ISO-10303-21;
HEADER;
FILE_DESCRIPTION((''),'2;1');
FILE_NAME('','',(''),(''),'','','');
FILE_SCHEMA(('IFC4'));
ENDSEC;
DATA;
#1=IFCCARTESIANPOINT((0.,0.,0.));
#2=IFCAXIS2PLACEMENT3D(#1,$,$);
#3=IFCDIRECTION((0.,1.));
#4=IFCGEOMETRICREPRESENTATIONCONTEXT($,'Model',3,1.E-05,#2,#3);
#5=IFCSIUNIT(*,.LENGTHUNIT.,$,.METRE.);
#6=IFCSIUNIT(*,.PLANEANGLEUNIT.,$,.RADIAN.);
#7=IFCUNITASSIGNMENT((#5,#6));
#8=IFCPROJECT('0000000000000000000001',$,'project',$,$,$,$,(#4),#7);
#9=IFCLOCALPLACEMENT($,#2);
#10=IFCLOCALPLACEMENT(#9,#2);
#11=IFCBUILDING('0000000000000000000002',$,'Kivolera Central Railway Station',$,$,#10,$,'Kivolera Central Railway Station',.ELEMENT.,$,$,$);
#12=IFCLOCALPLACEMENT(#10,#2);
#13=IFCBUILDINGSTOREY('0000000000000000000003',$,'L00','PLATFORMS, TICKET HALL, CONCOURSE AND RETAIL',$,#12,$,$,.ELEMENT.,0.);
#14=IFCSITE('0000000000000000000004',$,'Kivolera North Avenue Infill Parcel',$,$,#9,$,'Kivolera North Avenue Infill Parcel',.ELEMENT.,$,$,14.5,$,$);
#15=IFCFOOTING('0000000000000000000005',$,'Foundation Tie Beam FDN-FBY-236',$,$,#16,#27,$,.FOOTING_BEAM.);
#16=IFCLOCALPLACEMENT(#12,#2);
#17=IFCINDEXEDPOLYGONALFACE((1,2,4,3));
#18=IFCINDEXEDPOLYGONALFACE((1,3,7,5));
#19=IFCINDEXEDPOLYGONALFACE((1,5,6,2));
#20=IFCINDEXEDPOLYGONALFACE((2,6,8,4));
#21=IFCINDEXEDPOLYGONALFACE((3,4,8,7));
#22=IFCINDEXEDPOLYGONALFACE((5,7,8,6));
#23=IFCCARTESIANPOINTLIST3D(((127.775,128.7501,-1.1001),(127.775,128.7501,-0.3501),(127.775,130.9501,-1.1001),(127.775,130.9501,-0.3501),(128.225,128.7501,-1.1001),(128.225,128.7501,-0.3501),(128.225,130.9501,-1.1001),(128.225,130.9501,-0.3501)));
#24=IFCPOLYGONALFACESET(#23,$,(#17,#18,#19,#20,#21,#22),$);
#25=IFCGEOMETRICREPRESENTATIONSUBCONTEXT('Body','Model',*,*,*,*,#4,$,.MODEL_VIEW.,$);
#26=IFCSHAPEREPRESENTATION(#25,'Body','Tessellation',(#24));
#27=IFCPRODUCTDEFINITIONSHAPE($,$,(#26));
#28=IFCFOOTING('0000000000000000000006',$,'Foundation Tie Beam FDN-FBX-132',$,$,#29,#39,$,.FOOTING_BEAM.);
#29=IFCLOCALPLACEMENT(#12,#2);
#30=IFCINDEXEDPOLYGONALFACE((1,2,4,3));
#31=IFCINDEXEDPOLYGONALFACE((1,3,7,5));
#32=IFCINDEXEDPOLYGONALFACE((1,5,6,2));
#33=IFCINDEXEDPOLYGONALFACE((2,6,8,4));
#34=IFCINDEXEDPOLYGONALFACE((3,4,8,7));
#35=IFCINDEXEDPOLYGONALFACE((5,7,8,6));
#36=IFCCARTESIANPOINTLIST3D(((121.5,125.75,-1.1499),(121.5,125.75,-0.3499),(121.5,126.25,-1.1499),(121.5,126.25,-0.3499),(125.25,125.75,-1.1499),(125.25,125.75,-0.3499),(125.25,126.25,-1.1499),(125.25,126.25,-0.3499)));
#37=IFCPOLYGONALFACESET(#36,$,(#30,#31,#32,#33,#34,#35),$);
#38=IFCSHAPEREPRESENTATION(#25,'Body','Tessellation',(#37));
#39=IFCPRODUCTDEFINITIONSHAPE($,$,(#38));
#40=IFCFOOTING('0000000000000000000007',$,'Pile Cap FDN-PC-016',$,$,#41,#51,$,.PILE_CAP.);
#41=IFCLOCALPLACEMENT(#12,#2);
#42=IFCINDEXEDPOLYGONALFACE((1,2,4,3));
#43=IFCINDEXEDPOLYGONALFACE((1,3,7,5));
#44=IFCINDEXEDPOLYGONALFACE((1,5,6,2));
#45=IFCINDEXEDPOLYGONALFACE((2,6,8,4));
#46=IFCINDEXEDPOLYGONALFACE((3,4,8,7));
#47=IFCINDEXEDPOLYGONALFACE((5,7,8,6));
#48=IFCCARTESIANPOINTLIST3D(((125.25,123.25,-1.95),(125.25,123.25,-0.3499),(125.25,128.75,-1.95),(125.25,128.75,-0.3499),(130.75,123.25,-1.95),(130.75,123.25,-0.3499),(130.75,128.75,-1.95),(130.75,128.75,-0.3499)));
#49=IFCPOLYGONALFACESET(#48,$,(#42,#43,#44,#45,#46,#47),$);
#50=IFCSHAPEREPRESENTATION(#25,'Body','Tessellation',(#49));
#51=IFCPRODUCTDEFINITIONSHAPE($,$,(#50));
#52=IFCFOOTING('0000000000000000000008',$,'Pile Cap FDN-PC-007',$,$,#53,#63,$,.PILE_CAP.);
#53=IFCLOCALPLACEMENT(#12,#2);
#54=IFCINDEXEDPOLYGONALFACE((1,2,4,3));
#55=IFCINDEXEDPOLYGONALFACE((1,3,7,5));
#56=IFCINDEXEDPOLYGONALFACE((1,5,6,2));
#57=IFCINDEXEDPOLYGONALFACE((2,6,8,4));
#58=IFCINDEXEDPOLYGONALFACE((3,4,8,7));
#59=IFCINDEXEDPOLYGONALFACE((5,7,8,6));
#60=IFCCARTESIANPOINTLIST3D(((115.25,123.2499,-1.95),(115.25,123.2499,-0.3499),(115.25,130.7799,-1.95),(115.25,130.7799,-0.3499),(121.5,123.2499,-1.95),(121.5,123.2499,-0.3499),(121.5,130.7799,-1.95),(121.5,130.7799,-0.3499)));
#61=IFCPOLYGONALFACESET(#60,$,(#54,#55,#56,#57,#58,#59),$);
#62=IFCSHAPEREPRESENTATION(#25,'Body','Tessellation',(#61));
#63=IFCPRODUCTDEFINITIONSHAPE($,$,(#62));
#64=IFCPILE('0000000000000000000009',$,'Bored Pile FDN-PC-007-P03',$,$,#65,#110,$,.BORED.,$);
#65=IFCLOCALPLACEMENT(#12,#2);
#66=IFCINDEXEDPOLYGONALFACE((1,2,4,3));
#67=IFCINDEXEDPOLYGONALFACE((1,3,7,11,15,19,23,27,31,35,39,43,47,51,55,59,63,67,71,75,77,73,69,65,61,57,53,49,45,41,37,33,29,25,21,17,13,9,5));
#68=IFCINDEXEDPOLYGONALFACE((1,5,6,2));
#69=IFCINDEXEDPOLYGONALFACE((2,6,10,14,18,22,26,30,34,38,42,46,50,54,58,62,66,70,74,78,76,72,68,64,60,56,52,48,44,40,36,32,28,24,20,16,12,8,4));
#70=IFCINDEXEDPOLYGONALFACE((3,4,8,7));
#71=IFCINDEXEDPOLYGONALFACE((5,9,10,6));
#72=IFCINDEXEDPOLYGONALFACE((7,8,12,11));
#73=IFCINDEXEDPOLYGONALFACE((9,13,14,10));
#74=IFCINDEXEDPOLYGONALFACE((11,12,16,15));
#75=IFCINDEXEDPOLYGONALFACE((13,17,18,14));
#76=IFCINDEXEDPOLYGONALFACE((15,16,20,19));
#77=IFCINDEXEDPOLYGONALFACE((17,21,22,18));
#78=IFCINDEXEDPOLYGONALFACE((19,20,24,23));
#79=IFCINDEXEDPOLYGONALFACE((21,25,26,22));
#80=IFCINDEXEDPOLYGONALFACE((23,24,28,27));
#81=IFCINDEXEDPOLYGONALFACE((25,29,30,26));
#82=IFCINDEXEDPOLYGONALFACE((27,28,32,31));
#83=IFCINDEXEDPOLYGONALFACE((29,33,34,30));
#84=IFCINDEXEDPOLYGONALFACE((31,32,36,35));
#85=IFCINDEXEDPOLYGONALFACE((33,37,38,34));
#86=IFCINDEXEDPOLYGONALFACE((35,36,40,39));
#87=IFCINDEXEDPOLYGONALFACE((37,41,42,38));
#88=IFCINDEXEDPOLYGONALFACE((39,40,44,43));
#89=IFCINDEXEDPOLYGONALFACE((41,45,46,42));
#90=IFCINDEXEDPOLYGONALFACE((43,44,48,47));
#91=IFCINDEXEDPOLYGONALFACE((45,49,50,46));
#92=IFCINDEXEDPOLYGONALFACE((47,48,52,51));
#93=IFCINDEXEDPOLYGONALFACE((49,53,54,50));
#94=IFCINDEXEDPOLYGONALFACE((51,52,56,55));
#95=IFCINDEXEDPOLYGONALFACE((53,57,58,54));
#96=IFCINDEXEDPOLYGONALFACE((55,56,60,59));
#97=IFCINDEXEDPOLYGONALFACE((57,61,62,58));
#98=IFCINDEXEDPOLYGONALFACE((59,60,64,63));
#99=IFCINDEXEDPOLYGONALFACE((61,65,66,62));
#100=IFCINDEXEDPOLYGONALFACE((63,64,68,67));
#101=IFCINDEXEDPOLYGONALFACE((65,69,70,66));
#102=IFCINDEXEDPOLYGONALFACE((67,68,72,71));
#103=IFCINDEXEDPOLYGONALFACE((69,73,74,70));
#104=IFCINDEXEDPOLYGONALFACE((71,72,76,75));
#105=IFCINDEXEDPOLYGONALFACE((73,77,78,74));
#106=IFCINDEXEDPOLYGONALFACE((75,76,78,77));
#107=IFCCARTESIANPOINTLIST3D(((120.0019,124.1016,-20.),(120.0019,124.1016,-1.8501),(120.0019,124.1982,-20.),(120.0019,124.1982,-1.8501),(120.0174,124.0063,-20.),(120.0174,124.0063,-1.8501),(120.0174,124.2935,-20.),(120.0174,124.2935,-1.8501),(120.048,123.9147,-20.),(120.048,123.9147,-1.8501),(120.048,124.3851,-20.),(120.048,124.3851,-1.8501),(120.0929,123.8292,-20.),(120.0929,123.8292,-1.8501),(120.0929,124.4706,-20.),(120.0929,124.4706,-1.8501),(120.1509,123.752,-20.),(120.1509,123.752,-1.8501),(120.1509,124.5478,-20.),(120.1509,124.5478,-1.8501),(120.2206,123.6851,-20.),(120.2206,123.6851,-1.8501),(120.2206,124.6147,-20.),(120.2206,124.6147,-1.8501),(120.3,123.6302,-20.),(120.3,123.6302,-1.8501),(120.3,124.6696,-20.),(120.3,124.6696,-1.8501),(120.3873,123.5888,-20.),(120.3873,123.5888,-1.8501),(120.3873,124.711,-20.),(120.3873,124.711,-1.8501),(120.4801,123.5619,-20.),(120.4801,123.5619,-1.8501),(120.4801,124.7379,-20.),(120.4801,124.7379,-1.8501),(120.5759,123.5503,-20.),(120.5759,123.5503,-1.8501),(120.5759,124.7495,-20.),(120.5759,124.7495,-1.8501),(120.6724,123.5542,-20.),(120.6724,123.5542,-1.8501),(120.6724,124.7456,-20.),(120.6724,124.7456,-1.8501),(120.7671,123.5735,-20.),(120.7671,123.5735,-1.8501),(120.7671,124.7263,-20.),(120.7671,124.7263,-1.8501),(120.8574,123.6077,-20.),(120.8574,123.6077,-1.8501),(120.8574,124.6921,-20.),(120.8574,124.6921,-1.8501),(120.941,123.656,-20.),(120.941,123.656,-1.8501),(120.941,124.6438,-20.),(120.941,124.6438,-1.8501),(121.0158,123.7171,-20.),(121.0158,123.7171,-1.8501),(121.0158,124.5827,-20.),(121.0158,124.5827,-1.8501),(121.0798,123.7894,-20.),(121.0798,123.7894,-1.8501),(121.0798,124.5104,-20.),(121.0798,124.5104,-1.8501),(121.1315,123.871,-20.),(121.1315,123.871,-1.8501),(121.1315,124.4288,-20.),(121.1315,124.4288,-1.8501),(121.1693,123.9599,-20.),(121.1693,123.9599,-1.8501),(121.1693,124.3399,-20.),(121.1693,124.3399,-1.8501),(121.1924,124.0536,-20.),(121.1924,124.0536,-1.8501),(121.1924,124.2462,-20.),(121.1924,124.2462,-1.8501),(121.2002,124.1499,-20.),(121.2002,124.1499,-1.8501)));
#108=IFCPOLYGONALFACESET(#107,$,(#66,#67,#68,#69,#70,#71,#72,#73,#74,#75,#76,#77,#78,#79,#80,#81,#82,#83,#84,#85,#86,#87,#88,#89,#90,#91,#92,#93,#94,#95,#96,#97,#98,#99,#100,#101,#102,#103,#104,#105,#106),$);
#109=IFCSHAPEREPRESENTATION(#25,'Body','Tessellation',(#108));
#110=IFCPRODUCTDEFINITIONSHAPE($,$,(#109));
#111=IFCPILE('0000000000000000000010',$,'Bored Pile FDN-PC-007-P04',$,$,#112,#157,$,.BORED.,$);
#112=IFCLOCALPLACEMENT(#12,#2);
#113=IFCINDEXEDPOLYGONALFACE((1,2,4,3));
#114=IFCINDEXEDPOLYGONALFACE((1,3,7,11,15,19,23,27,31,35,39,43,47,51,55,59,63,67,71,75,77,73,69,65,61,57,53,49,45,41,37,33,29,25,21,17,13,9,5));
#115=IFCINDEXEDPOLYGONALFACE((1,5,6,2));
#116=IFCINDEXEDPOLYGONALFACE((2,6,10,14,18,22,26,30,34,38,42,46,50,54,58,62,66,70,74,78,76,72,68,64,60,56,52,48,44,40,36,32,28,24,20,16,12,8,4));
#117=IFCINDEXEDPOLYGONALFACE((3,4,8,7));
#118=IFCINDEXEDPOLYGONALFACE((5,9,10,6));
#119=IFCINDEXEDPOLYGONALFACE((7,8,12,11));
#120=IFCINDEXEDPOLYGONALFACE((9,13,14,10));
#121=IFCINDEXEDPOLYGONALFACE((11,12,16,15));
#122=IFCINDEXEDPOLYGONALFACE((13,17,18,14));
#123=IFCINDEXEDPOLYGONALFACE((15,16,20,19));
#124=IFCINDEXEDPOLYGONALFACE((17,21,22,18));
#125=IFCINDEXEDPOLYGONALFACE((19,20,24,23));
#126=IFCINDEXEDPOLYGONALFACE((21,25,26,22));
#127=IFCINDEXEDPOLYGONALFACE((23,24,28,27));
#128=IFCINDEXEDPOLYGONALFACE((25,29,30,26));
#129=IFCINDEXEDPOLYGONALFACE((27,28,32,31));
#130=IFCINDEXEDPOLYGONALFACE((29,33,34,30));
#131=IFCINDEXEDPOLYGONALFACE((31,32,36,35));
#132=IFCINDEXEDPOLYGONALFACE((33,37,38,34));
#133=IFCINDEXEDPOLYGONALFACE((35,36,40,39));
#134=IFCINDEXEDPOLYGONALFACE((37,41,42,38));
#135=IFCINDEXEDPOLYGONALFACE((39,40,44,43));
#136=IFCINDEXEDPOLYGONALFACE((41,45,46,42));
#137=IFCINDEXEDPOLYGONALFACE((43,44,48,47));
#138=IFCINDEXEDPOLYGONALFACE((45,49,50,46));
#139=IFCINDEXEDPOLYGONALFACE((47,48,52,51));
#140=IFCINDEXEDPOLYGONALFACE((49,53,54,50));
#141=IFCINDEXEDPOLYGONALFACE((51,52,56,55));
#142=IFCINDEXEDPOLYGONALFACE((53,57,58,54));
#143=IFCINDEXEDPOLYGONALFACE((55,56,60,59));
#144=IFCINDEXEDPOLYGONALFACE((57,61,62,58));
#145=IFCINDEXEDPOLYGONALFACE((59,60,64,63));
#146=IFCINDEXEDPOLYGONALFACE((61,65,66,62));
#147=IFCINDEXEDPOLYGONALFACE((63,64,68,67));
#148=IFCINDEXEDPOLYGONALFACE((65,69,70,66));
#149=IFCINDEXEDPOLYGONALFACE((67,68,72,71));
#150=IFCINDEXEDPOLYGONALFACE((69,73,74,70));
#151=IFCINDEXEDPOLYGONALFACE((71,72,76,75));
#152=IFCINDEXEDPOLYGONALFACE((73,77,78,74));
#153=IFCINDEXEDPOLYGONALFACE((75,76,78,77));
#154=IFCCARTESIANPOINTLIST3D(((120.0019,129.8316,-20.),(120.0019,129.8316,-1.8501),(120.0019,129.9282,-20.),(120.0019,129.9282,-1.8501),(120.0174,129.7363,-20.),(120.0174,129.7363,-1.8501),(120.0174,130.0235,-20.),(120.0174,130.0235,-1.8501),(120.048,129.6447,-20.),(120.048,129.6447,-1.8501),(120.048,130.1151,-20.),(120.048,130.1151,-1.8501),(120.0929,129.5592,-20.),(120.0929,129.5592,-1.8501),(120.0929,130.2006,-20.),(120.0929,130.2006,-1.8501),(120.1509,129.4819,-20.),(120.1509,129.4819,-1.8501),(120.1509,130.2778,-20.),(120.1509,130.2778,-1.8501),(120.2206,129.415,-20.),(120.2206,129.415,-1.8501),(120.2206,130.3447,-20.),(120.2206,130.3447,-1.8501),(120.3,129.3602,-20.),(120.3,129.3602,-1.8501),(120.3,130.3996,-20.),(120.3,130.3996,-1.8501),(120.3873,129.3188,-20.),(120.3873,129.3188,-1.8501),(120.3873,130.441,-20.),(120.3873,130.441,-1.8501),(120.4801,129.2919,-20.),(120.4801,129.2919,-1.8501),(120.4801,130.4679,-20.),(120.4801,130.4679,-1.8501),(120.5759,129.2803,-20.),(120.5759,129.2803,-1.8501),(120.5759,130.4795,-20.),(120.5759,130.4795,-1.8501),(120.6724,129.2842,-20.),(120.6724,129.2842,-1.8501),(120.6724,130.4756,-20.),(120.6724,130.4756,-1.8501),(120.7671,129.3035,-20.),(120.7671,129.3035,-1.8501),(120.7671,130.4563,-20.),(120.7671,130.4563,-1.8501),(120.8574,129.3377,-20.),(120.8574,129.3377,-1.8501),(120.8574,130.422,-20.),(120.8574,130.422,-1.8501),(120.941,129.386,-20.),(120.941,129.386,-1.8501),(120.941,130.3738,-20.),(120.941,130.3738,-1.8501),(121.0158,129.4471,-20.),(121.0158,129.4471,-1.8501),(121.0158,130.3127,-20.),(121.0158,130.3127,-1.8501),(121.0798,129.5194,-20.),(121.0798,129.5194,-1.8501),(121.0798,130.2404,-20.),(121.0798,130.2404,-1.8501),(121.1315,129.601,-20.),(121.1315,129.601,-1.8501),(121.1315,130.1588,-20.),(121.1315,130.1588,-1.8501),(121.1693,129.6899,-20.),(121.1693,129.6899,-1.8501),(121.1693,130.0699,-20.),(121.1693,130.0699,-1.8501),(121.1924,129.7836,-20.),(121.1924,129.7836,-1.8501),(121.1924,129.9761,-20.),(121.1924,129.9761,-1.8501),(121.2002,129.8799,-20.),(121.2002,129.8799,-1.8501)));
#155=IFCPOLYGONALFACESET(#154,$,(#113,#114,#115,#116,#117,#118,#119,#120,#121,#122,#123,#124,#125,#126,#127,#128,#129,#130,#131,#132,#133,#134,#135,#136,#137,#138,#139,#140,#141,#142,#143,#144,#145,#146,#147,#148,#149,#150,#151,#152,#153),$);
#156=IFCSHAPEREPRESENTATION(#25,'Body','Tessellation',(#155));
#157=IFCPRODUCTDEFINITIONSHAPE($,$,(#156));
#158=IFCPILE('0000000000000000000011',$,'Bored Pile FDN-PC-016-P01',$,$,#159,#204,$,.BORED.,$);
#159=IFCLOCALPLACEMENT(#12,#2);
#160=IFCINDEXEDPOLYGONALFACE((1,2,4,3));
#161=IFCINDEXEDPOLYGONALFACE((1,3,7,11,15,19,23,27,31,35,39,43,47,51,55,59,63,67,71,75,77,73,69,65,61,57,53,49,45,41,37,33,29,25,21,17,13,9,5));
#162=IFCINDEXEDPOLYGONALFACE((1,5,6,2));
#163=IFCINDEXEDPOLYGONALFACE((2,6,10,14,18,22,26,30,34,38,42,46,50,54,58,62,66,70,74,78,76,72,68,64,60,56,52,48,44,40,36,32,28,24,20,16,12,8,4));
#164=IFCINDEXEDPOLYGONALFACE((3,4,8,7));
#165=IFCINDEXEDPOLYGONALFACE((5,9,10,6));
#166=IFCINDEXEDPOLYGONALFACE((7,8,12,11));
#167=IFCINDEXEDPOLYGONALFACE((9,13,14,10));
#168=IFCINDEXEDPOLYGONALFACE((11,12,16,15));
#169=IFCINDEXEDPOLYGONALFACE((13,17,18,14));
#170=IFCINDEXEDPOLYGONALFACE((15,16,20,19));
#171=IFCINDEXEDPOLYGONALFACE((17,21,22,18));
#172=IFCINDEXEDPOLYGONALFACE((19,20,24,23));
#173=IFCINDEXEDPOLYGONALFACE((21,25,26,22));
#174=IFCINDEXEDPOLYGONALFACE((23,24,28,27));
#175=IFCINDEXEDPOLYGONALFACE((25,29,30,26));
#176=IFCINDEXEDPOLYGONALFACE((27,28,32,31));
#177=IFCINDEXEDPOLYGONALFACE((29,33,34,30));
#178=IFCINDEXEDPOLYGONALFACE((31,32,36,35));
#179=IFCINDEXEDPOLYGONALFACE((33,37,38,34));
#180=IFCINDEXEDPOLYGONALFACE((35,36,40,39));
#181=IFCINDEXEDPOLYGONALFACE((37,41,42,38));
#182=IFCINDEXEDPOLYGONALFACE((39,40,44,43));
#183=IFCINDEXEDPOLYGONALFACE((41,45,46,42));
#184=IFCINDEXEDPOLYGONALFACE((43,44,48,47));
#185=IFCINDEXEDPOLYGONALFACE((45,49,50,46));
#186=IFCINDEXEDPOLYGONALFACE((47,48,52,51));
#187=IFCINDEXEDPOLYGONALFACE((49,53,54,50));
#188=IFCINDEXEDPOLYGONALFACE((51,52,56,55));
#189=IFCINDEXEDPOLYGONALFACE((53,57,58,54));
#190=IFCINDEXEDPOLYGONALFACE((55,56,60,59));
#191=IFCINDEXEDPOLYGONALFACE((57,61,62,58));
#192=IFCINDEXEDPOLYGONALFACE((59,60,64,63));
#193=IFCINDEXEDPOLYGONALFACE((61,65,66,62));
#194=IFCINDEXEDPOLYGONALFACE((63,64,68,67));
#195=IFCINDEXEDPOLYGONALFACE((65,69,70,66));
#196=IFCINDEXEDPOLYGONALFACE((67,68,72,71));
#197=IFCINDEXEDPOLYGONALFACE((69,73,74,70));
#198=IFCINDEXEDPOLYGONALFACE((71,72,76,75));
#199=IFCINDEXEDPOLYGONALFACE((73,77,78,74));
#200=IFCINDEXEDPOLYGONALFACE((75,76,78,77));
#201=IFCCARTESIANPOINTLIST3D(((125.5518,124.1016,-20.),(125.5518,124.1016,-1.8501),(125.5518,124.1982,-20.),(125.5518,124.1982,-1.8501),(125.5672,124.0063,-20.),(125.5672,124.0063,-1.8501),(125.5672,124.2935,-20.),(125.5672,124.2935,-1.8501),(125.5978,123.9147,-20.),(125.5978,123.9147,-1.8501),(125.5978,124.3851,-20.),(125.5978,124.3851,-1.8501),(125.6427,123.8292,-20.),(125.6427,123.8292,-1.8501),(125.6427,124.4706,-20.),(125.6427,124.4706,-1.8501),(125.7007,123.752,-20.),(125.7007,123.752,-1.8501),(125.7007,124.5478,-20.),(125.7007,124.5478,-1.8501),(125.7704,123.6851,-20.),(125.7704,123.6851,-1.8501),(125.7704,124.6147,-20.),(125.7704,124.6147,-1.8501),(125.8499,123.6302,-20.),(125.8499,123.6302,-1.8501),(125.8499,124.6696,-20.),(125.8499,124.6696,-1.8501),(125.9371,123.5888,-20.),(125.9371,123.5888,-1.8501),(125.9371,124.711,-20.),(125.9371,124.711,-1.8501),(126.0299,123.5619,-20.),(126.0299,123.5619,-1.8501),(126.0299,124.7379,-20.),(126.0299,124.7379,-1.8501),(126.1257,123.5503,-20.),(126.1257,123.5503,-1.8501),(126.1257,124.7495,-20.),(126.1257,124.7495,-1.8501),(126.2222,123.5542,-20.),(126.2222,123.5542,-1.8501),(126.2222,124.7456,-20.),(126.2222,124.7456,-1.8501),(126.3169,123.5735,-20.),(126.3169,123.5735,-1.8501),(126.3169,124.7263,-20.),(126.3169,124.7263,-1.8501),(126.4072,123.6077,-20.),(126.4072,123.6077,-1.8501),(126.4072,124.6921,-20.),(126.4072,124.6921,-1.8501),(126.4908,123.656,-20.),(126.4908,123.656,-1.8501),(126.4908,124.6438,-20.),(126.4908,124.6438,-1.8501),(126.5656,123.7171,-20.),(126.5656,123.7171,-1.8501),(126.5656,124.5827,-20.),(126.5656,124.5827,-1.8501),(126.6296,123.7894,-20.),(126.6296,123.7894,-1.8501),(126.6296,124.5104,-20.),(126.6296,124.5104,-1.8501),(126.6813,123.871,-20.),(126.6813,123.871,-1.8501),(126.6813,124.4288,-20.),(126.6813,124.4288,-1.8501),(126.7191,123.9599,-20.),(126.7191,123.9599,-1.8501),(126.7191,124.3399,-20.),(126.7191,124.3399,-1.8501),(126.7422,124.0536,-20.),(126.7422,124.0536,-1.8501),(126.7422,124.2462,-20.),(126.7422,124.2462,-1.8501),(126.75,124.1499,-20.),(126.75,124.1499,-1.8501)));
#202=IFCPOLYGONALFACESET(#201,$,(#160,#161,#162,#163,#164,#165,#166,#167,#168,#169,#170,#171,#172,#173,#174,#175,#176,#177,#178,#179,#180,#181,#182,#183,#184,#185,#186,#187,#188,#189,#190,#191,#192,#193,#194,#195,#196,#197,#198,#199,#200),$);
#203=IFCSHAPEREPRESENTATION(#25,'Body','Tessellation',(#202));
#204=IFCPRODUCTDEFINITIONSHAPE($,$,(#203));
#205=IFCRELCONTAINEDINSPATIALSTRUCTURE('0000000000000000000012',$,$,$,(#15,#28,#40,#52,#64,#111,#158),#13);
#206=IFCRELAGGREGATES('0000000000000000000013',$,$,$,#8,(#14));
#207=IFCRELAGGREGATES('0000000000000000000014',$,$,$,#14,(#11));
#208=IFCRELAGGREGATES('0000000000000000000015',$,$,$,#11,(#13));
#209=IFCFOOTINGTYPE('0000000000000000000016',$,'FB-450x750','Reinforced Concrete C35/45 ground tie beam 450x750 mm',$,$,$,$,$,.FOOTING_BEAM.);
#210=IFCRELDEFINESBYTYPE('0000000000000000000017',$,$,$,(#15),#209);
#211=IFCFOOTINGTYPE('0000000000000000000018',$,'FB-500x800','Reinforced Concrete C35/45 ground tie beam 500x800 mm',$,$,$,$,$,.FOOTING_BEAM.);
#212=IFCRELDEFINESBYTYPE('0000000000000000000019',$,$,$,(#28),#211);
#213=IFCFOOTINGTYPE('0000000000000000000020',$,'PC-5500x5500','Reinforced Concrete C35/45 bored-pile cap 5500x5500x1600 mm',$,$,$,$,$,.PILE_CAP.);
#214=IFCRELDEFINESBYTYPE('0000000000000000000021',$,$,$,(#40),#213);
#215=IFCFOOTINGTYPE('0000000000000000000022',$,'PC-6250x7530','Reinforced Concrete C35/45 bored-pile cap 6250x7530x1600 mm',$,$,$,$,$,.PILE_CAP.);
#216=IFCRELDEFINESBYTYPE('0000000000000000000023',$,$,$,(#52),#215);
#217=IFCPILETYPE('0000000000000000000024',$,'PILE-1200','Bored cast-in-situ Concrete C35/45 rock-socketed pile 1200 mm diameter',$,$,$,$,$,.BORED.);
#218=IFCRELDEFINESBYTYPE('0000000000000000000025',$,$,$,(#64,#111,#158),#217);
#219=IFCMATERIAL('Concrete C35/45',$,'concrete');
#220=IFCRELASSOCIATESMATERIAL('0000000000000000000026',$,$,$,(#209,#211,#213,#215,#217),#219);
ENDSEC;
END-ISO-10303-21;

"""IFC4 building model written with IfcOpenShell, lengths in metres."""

from ifc_helpers import new_model, si_unit, direction, frame, origin, origin_2d, place, context, subcontext, project, spatial, rectangle, circle, extrude, material, material_profile, profile_set, type_object, element, save


model = new_model("IFC4")

# Units and contexts
model_context = context("Model", 3, precision=1e-05, world=origin(), true_north=direction((0.0, 1.0)))
body_context = subcontext(model_context, "Body", "Model", "MODEL_VIEW")
ifc_project = project(units=[si_unit("LENGTHUNIT", "METRE"), si_unit("PLANEANGLEUNIT", "RADIAN")], contexts=[model_context])

# Site, building, storey
site_placement = place(None, origin())
site = spatial("IfcSite", under=ifc_project, at=site_placement, Name="Kivolera North Avenue Infill Parcel", LongName="Kivolera North Avenue Infill Parcel", CompositionType="ELEMENT", RefElevation=14.5)
building_placement = place(site_placement, origin())
building = spatial("IfcBuilding", under=site, at=building_placement, Name="Kivolera Central Railway Station", LongName="Kivolera Central Railway Station", CompositionType="ELEMENT")
storey_placement = place(building_placement, origin())
storey = spatial("IfcBuildingStorey", under=building, at=storey_placement, Name="L00", Description="PLATFORMS, TICKET HALL, CONCOURSE AND RETAIL", CompositionType="ELEMENT", Elevation=0.0)

# Footings
ifc_material_1 = material(Name="Concrete C35/45", Category="concrete")
footing_type_1 = type_object("IfcFootingType", Name="FB-450x750", Description="Reinforced Concrete C35/45 ground tie beam 450x750 mm", PredefinedType="FOOTING_BEAM", material=ifc_material_1)
footing_1_placement = place(storey_placement, frame((128.0, 129.8501, -1.1001), z_axis=(0.0, 0.0, 1.0), x_axis=(1.0, 0.0, 0.0)))
element("IfcFooting", 1, at=footing_1_placement, inside=storey, type_object=footing_type_1, Name="Foundation Tie Beam FDN-FBY-236", PredefinedType="FOOTING_BEAM", context=body_context, shape_type="SweptSolid", body=[
    extrude(rectangle(XDim=0.45, YDim=2.2, at=origin_2d()), origin(), (0.0, 0.0, 1.0), 0.75),
])
footing_type_2 = type_object("IfcFootingType", Name="FB-500x800", Description="Reinforced Concrete C35/45 ground tie beam 500x800 mm", PredefinedType="FOOTING_BEAM", material=ifc_material_1)
footing_2_placement = place(storey_placement, frame((123.375, 126.0, -1.1499), z_axis=(0.0, 0.0, 1.0), x_axis=(1.0, 0.0, 0.0)))
element("IfcFooting", 2, at=footing_2_placement, inside=storey, type_object=footing_type_2, Name="Foundation Tie Beam FDN-FBX-132", PredefinedType="FOOTING_BEAM", context=body_context, shape_type="SweptSolid", body=[
    extrude(rectangle(XDim=3.75, YDim=0.5, at=origin_2d()), origin(), (0.0, 0.0, 1.0), 0.8),
])
footing_type_3 = type_object("IfcFootingType", Name="PC-5500x5500", Description="Reinforced Concrete C35/45 bored-pile cap 5500x5500x1600 mm", PredefinedType="PILE_CAP", material=ifc_material_1)
footing_3_placement = place(storey_placement, frame((128.0, 126.0, -1.95), z_axis=(0.0, 0.0, 1.0), x_axis=(1.0, 0.0, 0.0)))
element("IfcFooting", 3, at=footing_3_placement, inside=storey, type_object=footing_type_3, Name="Pile Cap FDN-PC-016", PredefinedType="PILE_CAP", context=body_context, shape_type="SweptSolid", body=[
    extrude(rectangle(XDim=5.5, YDim=5.5, at=origin_2d()), origin(), (0.0, 0.0, 1.0), 1.6001),
])
footing_type_4 = type_object("IfcFootingType", Name="PC-6250x7530", Description="Reinforced Concrete C35/45 bored-pile cap 6250x7530x1600 mm", PredefinedType="PILE_CAP", material=ifc_material_1)
footing_4_placement = place(storey_placement, frame((118.375, 127.0149, -1.95), z_axis=(0.0, 0.0, 1.0), x_axis=(1.0, 0.0, 0.0)))
element("IfcFooting", 4, at=footing_4_placement, inside=storey, type_object=footing_type_4, Name="Pile Cap FDN-PC-007", PredefinedType="PILE_CAP", context=body_context, shape_type="SweptSolid", body=[
    extrude(rectangle(XDim=6.25, YDim=7.53, at=origin_2d()), origin(), (0.0, 0.0, 1.0), 1.6001),
])

# Piles
ifc_material_profile_1 = material_profile(ifc_material_1, circle(Radius=0.6001, at=origin_2d()), Name="PILE D1200")
ifc_profile_set_1 = profile_set([ifc_material_profile_1], Name="Concrete C35/45")
pile_type = type_object("IfcPileType", Name="PILE-1200", Description="Bored cast-in-situ Concrete C35/45 rock-socketed pile 1200 mm diameter", PredefinedType="BORED", material=ifc_profile_set_1)
for number, where, z_axis, x_axis, name in (
    (5, (120.6001, 124.1499, -1.8501), (0.0, 0.0, -1.0), (1.0, 0.0, 0.0), "Bored Pile FDN-PC-007-P03"),
    (6, (120.6001, 129.8799, -1.8501), (0.0, 0.0, -1.0), (1.0, 0.0, 0.0), "Bored Pile FDN-PC-007-P04"),
    (7, (126.1499, 124.1499, -1.8501), (0.0, 0.0, -1.0), (1.0, 0.0, 0.0), "Bored Pile FDN-PC-016-P01"),
):
    element("IfcPile", number, at=place(storey_placement, frame(where, z_axis=z_axis, x_axis=x_axis)), inside=storey, type_object=pile_type, Name=name, PredefinedType="BORED", context=body_context, shape_type="SweptSolid", body=[
        extrude(circle(Radius=0.6001, at=origin_2d()), origin(), (0.0, 0.0, 1.0), 18.1499),
    ])

save(model, "model.ifc")
